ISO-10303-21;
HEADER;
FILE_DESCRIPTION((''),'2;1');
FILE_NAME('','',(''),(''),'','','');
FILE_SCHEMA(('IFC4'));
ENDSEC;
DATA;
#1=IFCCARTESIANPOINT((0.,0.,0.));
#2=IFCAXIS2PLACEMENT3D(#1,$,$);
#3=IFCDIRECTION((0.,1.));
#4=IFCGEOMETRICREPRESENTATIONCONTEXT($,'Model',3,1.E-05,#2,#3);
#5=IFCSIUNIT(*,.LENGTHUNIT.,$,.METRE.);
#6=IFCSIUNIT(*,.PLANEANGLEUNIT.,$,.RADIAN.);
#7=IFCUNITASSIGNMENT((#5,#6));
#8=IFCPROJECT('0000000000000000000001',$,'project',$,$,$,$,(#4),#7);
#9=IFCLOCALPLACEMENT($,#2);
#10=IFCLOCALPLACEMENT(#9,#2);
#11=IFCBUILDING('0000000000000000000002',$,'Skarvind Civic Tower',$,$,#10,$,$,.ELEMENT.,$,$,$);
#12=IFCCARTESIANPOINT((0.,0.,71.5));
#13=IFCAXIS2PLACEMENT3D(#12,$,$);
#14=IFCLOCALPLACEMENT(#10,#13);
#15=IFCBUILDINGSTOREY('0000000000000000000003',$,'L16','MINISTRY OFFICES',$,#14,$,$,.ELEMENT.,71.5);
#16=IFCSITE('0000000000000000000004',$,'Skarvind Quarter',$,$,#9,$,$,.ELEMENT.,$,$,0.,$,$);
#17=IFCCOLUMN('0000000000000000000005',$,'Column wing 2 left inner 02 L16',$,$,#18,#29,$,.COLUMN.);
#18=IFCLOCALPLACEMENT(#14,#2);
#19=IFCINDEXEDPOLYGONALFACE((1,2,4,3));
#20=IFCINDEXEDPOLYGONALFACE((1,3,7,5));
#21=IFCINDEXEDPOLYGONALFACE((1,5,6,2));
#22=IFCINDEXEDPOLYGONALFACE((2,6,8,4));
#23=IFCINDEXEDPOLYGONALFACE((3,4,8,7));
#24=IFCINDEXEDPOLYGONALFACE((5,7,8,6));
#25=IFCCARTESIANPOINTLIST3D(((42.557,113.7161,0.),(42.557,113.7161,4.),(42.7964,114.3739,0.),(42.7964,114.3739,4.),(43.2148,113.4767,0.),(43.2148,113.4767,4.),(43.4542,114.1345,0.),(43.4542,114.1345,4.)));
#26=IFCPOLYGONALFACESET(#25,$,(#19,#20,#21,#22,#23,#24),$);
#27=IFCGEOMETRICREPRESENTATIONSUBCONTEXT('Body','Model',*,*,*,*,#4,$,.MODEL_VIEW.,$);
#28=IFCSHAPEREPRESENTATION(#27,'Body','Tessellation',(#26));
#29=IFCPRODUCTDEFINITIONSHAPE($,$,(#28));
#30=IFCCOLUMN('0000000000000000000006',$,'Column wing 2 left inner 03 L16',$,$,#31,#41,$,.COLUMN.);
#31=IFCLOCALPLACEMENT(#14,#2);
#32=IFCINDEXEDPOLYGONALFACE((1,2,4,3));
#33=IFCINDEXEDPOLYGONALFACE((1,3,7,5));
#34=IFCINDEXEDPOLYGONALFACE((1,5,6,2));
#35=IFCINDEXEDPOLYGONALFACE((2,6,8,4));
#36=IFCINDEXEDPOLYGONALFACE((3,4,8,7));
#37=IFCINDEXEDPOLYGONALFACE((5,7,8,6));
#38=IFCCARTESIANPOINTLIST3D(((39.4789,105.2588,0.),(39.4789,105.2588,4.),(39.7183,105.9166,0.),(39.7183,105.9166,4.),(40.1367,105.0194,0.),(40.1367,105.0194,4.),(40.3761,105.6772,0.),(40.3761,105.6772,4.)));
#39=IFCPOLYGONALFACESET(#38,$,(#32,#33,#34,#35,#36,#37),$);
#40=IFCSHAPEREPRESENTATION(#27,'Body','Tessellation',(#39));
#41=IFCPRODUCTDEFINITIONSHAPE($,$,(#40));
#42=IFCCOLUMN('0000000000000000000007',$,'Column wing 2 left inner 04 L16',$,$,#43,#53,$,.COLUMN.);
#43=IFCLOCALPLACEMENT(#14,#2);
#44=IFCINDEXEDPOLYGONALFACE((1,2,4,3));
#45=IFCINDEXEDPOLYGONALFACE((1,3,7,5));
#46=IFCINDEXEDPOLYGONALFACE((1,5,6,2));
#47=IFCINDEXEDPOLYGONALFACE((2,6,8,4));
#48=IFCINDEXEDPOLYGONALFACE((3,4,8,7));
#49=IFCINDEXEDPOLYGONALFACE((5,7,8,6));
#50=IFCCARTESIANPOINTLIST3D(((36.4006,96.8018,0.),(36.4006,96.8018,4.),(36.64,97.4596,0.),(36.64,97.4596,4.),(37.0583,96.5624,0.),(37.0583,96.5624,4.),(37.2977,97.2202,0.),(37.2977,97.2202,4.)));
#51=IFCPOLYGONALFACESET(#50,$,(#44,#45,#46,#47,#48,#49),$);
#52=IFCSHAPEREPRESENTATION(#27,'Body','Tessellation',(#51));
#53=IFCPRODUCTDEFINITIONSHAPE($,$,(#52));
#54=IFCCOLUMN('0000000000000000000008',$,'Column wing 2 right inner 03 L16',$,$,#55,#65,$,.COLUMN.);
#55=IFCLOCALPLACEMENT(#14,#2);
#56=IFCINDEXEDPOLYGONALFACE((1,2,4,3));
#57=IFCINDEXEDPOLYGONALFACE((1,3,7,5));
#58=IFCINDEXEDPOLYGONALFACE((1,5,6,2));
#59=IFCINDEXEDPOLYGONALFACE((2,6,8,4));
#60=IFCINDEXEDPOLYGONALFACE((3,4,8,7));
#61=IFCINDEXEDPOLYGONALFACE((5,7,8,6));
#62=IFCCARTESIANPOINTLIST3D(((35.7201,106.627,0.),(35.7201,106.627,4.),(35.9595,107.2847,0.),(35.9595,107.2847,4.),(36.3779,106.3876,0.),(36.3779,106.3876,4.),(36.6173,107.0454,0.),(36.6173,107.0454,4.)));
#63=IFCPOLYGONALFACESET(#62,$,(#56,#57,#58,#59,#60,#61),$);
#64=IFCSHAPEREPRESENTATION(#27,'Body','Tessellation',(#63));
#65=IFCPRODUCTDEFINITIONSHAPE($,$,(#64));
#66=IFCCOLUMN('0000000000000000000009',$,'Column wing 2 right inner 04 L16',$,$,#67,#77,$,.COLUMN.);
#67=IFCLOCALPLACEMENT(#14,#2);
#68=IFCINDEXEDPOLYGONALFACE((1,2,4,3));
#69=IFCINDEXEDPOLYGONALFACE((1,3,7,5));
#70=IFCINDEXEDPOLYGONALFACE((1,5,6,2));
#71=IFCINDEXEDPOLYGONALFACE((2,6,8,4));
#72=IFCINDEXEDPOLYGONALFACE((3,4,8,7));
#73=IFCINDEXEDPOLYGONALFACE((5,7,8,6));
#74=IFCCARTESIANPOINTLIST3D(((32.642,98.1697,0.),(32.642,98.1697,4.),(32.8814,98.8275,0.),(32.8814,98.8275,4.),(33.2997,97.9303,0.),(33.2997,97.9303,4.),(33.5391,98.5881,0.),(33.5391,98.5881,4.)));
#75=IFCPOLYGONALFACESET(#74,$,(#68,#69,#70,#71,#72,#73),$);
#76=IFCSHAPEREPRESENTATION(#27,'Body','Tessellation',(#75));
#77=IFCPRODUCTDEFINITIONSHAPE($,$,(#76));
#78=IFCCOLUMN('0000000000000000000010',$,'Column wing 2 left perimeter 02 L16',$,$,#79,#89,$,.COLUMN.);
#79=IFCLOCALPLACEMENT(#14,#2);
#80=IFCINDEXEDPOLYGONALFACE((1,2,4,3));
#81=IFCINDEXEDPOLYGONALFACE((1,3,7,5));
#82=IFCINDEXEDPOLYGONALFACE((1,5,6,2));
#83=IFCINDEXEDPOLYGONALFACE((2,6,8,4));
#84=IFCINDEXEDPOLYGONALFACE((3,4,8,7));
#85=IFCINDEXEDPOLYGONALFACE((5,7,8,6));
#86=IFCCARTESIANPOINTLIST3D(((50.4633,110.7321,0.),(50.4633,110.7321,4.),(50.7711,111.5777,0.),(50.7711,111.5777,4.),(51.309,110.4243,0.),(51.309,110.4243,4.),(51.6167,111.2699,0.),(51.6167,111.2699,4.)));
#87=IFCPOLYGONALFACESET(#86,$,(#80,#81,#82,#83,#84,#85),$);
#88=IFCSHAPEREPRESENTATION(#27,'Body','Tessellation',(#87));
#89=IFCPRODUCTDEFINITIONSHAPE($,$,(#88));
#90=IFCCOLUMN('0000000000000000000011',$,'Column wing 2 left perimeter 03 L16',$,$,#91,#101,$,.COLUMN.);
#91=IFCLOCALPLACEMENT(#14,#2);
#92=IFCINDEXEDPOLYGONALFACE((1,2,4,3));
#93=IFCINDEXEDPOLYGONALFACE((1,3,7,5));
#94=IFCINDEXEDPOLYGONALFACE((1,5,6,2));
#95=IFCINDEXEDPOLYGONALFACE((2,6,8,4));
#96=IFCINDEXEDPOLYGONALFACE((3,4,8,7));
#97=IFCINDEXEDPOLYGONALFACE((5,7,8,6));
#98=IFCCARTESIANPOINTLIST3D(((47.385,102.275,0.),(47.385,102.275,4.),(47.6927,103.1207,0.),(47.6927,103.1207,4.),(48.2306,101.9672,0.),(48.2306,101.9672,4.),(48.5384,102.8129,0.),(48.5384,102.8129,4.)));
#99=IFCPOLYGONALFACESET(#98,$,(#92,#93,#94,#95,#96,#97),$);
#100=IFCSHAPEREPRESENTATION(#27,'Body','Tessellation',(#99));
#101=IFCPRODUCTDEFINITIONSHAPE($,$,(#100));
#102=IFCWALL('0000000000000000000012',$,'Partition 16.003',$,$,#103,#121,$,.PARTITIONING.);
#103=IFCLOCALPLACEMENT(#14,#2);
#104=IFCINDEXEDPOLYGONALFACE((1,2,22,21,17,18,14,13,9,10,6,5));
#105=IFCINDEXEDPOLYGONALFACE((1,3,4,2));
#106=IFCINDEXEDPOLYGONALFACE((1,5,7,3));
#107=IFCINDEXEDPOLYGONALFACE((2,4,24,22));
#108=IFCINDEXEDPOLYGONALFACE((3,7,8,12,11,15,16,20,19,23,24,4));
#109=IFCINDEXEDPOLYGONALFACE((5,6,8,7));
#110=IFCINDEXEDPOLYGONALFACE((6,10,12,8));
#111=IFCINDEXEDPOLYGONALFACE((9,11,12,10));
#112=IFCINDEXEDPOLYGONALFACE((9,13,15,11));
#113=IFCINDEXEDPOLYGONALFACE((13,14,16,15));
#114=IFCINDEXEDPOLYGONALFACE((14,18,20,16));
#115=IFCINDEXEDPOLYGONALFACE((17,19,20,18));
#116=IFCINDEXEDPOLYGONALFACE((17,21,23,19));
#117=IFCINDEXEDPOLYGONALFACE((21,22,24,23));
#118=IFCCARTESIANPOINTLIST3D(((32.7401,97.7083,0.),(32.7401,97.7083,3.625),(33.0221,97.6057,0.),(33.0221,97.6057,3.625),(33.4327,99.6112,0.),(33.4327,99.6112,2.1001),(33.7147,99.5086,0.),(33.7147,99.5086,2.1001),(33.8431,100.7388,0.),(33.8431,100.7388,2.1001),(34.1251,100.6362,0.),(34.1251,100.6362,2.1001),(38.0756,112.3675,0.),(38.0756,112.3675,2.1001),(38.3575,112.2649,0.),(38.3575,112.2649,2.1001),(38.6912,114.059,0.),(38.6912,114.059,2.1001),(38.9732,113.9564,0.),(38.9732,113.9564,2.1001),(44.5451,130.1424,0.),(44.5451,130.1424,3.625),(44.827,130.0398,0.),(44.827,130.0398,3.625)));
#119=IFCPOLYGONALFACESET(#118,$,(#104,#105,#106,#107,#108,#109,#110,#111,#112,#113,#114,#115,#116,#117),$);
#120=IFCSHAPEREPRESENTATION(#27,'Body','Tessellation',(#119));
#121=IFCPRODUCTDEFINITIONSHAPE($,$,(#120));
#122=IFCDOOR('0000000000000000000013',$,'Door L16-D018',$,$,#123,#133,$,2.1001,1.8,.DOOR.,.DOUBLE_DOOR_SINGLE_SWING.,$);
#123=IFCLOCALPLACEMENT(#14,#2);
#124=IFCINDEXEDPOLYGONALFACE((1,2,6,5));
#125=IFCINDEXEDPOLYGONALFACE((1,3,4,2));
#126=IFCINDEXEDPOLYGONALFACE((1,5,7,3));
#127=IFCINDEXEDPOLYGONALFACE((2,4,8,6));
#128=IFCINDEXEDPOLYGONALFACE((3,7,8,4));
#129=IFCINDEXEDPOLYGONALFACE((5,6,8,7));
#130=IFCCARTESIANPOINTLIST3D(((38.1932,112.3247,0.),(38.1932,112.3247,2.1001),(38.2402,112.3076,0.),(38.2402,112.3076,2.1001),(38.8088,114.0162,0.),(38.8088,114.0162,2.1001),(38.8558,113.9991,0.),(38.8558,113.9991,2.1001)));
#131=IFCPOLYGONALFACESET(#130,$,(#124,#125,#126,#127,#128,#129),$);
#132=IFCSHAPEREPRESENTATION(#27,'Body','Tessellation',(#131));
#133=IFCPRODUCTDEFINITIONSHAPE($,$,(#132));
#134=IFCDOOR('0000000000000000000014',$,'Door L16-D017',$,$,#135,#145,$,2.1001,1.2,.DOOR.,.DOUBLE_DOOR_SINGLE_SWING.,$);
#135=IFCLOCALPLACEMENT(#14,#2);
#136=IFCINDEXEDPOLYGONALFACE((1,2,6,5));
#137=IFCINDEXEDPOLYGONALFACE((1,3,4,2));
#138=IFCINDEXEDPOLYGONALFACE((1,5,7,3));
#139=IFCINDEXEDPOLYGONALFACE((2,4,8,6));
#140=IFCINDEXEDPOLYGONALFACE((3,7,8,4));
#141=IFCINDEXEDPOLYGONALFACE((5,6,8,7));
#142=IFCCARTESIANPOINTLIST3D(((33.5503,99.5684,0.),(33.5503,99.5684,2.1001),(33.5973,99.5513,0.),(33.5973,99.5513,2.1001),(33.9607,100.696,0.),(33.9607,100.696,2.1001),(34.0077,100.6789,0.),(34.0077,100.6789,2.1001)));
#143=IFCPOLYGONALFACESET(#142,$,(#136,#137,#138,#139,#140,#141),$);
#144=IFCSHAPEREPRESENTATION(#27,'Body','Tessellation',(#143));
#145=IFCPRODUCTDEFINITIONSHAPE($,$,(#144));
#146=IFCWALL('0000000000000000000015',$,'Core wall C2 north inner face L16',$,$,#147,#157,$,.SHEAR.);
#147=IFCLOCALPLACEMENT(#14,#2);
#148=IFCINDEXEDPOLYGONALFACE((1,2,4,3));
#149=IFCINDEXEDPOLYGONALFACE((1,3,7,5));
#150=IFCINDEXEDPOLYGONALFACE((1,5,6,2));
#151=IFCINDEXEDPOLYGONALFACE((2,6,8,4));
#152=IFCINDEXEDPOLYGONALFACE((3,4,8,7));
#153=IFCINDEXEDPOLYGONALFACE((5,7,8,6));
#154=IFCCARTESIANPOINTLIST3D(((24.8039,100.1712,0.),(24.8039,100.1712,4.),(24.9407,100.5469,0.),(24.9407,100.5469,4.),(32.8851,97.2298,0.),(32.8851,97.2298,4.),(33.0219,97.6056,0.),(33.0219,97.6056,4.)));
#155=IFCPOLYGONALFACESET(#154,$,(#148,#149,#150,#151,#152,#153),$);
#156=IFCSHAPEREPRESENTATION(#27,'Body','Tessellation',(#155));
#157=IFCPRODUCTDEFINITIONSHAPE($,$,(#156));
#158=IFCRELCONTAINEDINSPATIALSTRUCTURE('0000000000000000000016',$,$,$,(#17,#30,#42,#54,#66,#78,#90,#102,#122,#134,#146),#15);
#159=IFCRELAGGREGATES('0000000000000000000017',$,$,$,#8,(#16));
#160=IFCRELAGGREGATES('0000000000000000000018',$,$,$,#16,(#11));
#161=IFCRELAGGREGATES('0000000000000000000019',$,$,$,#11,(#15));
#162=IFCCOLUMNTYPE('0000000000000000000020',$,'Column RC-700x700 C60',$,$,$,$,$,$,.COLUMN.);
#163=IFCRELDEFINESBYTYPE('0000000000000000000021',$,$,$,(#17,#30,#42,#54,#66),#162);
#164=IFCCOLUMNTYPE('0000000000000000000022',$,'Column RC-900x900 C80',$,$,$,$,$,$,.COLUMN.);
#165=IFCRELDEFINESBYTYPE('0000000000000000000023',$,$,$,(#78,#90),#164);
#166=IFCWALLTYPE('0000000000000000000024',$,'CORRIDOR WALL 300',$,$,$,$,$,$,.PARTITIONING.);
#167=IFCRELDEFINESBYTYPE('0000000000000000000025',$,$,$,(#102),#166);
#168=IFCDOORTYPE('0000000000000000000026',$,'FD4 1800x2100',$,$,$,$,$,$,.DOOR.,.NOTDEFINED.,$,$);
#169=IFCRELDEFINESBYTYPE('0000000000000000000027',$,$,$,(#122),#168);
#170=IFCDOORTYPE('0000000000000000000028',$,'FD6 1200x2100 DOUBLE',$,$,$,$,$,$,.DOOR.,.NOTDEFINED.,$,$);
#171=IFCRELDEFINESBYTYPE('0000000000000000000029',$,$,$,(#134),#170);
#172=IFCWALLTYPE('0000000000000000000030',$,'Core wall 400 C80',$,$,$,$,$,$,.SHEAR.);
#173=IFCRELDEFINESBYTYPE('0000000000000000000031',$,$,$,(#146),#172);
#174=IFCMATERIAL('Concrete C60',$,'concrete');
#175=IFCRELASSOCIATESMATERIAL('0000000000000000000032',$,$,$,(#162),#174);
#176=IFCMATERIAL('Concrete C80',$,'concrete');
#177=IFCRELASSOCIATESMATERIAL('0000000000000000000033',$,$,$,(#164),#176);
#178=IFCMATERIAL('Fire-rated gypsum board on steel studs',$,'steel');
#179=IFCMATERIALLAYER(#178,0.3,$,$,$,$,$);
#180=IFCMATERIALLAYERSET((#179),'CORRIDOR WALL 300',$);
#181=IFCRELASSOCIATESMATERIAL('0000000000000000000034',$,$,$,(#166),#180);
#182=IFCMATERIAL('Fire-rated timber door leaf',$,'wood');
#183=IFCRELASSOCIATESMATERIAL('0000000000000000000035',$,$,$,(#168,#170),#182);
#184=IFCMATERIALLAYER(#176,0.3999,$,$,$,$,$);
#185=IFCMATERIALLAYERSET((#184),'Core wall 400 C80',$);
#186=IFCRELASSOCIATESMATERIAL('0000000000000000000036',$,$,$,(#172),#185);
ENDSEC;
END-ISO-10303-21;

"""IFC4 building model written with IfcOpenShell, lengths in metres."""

from ifc_helpers import new_model, si_unit, direction, frame, frame_2d, origin, origin_2d, place, context, subcontext, project, spatial, rectangle, extrude, material, layer, layer_set, material_profile, profile_set, type_object, element, fill, save


model = new_model("IFC4")

# Units and contexts
model_context = context("Model", 3, precision=1e-05, world=origin(), true_north=direction((0.0, 1.0)))
body_context = subcontext(model_context, "Body", "Model", "MODEL_VIEW")
ifc_project = project(units=[si_unit("LENGTHUNIT", "METRE"), si_unit("PLANEANGLEUNIT", "RADIAN")], contexts=[model_context])

# Site, building, storey
site_placement = place(None, origin())
site = spatial("IfcSite", under=ifc_project, at=site_placement, Name="Skarvind Quarter", CompositionType="ELEMENT", RefElevation=0.0)
building_placement = place(site_placement, origin())
building = spatial("IfcBuilding", under=site, at=building_placement, Name="Skarvind Civic Tower", CompositionType="ELEMENT")
storey_placement = place(building_placement, frame((0.0, 0.0, 71.5)))
storey = spatial("IfcBuildingStorey", under=building, at=storey_placement, Name="L16", Description="MINISTRY OFFICES", CompositionType="ELEMENT", Elevation=71.5)

# Columns
ifc_material_1 = material(Name="Concrete C60", Category="concrete")
ifc_material_profile_1 = material_profile(ifc_material_1, rectangle(XDim=0.7, YDim=0.7, at=origin_2d()), Name="RC-700x700")
ifc_profile_set_1 = profile_set([ifc_material_profile_1], Name="Concrete C60")
column_type_1 = type_object("IfcColumnType", Name="Column RC-700x700 C60", PredefinedType="COLUMN", material=ifc_profile_set_1)
for number, where, z_axis, x_axis, name in (
    (1, (43.0056, 113.9253, 0.0), (0.0, 0.0, 1.0), (-0.34202, -0.939693, 0.0), "Column wing 2 left inner 02 L16"),
    (2, (39.9275, 105.468, 0.0), (0.0, 0.0, 1.0), (-0.34202, -0.939693, 0.0), "Column wing 2 left inner 03 L16"),
    (3, (36.8491, 97.011, 0.0), (0.0, 0.0, 1.0), (-0.34202, -0.939693, 0.0), "Column wing 2 left inner 04 L16"),
    (4, (36.1687, 106.8362, 0.0), (0.0, 0.0, 1.0), (-0.34202, -0.939693, 0.0), "Column wing 2 right inner 03 L16"),
    (5, (33.0906, 98.3789, 0.0), (0.0, 0.0, 1.0), (-0.34202, -0.939693, 0.0), "Column wing 2 right inner 04 L16"),
):
    element("IfcColumn", number, at=place(storey_placement, frame(where, z_axis=z_axis, x_axis=x_axis)), inside=storey, type_object=column_type_1, Name=name, PredefinedType="COLUMN", context=body_context, shape_type="SweptSolid", body=[
        extrude(rectangle(XDim=0.7, YDim=0.7, at=origin_2d()), origin(), (0.0, 0.0, 1.0), 4.0),
    ])
ifc_material_2 = material(Name="Concrete C80", Category="concrete")
ifc_material_profile_2 = material_profile(ifc_material_2, rectangle(XDim=0.8999, YDim=0.8999, at=origin_2d()), Name="RC-900x900")
ifc_profile_set_2 = profile_set([ifc_material_profile_2], Name="Concrete C80")
column_type_2 = type_object("IfcColumnType", Name="Column RC-900x900 C80", PredefinedType="COLUMN", material=ifc_profile_set_2)
for number, where, z_axis, x_axis, name in (
    (6, (51.04, 111.001, 0.0), (0.0, 0.0, 1.0), (-0.34202, -0.939693, 0.0), "Column wing 2 left perimeter 02 L16"),
    (7, (47.9617, 102.5439, 0.0), (0.0, 0.0, 1.0), (-0.34202, -0.939693, 0.0), "Column wing 2 left perimeter 03 L16"),
):
    element("IfcColumn", number, at=place(storey_placement, frame(where, z_axis=z_axis, x_axis=x_axis)), inside=storey, type_object=column_type_2, Name=name, PredefinedType="COLUMN", context=body_context, shape_type="SweptSolid", body=[
        extrude(rectangle(XDim=0.8999, YDim=0.8999, at=origin_2d()), origin(), (0.0, 0.0, 1.0), 4.0),
    ])

# Wall, openings, doors
ifc_material_3 = material(Name="Fire-rated gypsum board on steel studs", Category="steel")
ifc_layer_1 = layer(ifc_material_3, 0.3)
ifc_layer_set_1 = layer_set([ifc_layer_1], Name="CORRIDOR WALL 300")
wall_type_1 = type_object("IfcWallType", Name="CORRIDOR WALL 300", PredefinedType="PARTITIONING", material=ifc_layer_set_1)
wall_1_placement = place(storey_placement, frame((32.8811, 97.657, 0.0), z_axis=(0.0, 0.0, 1.0), x_axis=(0.342017, 0.939694, 0.0)))
wall_1 = element("IfcWall", 8, at=wall_1_placement, inside=storey, type_object=wall_type_1, Name="Partition 16.003", PredefinedType="PARTITIONING", context=body_context, shape_type="SweptSolid", body=[
    extrude(rectangle(XDim=34.5156, YDim=0.3, at=frame_2d((17.2578, 0.0))), origin(), (0.0, 0.0, 1.0), 3.625),
])
opening_1_placement = place(wall_1_placement, frame((2.0249, 0.0, 0.0)))
opening_1 = element("IfcOpeningElement", 9, at=opening_1_placement, cuts=wall_1, PredefinedType="OPENING", context=body_context, shape_type="SweptSolid", body=[
    extrude(rectangle(XDim=1.2, YDim=2.1001, at=frame_2d((0.6001, 1.05))), frame((0.0, 0.1599, 0.0), z_axis=(0.0, -1.0, 0.0), x_axis=(1.0, 0.0, 0.0)), (0.0, 0.0, 1.0), 0.3201),
])
opening_2_placement = place(wall_1_placement, frame((15.6001, 0.0, 0.0)))
opening_2 = element("IfcOpeningElement", 10, at=opening_2_placement, cuts=wall_1, PredefinedType="OPENING", context=body_context, shape_type="SweptSolid", body=[
    extrude(rectangle(XDim=1.8, YDim=2.1001, at=frame_2d((0.8999, 1.05))), frame((0.0, 0.1599, 0.0), z_axis=(0.0, -1.0, 0.0), x_axis=(1.0, 0.0, 0.0)), (0.0, 0.0, 1.0), 0.3201),
])
ifc_material_4 = material(Name="Fire-rated timber door leaf", Category="wood")
door_type_1 = type_object("IfcDoorType", Name="FD4 1800x2100", OperationType="NOTDEFINED", PredefinedType="DOOR", material=ifc_material_4)
door_1_placement = place(opening_2_placement, origin())
door_1 = element("IfcDoor", 11, at=door_1_placement, inside=storey, type_object=door_type_1, Name="Door L16-D018", OperationType="DOUBLE_DOOR_SINGLE_SWING", OverallHeight=2.1001, OverallWidth=1.8, PredefinedType="DOOR", context=body_context, shape_type="SweptSolid", body=[
    extrude(rectangle(XDim=1.8, YDim=2.1001, at=frame_2d((0.8999, 1.05))), frame((0.0, 0.0249, 0.0), z_axis=(0.0, -1.0, 0.0), x_axis=(1.0, 0.0, 0.0)), (0.0, 0.0, 1.0), 0.05),
])
fill(opening_2, door_1)
door_type_2 = type_object("IfcDoorType", Name="FD6 1200x2100 DOUBLE", OperationType="NOTDEFINED", PredefinedType="DOOR", material=ifc_material_4)
door_2_placement = place(opening_1_placement, origin())
door_2 = element("IfcDoor", 12, at=door_2_placement, inside=storey, type_object=door_type_2, Name="Door L16-D017", OperationType="DOUBLE_DOOR_SINGLE_SWING", OverallHeight=2.1001, OverallWidth=1.2, PredefinedType="DOOR", context=body_context, shape_type="SweptSolid", body=[
    extrude(rectangle(XDim=1.2, YDim=2.1001, at=frame_2d((0.6001, 1.05))), frame((0.0, 0.0249, 0.0), z_axis=(0.0, -1.0, 0.0), x_axis=(1.0, 0.0, 0.0)), (0.0, 0.0, 1.0), 0.05),
])
fill(opening_1, door_2)

# Wall
ifc_layer_2 = layer(ifc_material_2, 0.3999)
ifc_layer_set_2 = layer_set([ifc_layer_2], Name="Core wall 400 C80")
wall_type_2 = type_object("IfcWallType", Name="Core wall 400 C80", PredefinedType="SHEAR", material=ifc_layer_set_2)
wall_2_placement = place(storey_placement, frame((32.9534, 97.4177, 0.0), z_axis=(0.0, 0.0, 1.0), x_axis=(-0.939691, 0.342026, 0.0)))
element("IfcWall", 13, at=wall_2_placement, inside=storey, type_object=wall_type_2, Name="Core wall C2 north inner face L16", PredefinedType="SHEAR", context=body_context, shape_type="SweptSolid", body=[
    extrude(rectangle(XDim=8.5999, YDim=0.3999, at=frame_2d((4.2998, 0.0))), origin(), (0.0, 0.0, 1.0), 4.0),
])

save(model, "model.ifc")
